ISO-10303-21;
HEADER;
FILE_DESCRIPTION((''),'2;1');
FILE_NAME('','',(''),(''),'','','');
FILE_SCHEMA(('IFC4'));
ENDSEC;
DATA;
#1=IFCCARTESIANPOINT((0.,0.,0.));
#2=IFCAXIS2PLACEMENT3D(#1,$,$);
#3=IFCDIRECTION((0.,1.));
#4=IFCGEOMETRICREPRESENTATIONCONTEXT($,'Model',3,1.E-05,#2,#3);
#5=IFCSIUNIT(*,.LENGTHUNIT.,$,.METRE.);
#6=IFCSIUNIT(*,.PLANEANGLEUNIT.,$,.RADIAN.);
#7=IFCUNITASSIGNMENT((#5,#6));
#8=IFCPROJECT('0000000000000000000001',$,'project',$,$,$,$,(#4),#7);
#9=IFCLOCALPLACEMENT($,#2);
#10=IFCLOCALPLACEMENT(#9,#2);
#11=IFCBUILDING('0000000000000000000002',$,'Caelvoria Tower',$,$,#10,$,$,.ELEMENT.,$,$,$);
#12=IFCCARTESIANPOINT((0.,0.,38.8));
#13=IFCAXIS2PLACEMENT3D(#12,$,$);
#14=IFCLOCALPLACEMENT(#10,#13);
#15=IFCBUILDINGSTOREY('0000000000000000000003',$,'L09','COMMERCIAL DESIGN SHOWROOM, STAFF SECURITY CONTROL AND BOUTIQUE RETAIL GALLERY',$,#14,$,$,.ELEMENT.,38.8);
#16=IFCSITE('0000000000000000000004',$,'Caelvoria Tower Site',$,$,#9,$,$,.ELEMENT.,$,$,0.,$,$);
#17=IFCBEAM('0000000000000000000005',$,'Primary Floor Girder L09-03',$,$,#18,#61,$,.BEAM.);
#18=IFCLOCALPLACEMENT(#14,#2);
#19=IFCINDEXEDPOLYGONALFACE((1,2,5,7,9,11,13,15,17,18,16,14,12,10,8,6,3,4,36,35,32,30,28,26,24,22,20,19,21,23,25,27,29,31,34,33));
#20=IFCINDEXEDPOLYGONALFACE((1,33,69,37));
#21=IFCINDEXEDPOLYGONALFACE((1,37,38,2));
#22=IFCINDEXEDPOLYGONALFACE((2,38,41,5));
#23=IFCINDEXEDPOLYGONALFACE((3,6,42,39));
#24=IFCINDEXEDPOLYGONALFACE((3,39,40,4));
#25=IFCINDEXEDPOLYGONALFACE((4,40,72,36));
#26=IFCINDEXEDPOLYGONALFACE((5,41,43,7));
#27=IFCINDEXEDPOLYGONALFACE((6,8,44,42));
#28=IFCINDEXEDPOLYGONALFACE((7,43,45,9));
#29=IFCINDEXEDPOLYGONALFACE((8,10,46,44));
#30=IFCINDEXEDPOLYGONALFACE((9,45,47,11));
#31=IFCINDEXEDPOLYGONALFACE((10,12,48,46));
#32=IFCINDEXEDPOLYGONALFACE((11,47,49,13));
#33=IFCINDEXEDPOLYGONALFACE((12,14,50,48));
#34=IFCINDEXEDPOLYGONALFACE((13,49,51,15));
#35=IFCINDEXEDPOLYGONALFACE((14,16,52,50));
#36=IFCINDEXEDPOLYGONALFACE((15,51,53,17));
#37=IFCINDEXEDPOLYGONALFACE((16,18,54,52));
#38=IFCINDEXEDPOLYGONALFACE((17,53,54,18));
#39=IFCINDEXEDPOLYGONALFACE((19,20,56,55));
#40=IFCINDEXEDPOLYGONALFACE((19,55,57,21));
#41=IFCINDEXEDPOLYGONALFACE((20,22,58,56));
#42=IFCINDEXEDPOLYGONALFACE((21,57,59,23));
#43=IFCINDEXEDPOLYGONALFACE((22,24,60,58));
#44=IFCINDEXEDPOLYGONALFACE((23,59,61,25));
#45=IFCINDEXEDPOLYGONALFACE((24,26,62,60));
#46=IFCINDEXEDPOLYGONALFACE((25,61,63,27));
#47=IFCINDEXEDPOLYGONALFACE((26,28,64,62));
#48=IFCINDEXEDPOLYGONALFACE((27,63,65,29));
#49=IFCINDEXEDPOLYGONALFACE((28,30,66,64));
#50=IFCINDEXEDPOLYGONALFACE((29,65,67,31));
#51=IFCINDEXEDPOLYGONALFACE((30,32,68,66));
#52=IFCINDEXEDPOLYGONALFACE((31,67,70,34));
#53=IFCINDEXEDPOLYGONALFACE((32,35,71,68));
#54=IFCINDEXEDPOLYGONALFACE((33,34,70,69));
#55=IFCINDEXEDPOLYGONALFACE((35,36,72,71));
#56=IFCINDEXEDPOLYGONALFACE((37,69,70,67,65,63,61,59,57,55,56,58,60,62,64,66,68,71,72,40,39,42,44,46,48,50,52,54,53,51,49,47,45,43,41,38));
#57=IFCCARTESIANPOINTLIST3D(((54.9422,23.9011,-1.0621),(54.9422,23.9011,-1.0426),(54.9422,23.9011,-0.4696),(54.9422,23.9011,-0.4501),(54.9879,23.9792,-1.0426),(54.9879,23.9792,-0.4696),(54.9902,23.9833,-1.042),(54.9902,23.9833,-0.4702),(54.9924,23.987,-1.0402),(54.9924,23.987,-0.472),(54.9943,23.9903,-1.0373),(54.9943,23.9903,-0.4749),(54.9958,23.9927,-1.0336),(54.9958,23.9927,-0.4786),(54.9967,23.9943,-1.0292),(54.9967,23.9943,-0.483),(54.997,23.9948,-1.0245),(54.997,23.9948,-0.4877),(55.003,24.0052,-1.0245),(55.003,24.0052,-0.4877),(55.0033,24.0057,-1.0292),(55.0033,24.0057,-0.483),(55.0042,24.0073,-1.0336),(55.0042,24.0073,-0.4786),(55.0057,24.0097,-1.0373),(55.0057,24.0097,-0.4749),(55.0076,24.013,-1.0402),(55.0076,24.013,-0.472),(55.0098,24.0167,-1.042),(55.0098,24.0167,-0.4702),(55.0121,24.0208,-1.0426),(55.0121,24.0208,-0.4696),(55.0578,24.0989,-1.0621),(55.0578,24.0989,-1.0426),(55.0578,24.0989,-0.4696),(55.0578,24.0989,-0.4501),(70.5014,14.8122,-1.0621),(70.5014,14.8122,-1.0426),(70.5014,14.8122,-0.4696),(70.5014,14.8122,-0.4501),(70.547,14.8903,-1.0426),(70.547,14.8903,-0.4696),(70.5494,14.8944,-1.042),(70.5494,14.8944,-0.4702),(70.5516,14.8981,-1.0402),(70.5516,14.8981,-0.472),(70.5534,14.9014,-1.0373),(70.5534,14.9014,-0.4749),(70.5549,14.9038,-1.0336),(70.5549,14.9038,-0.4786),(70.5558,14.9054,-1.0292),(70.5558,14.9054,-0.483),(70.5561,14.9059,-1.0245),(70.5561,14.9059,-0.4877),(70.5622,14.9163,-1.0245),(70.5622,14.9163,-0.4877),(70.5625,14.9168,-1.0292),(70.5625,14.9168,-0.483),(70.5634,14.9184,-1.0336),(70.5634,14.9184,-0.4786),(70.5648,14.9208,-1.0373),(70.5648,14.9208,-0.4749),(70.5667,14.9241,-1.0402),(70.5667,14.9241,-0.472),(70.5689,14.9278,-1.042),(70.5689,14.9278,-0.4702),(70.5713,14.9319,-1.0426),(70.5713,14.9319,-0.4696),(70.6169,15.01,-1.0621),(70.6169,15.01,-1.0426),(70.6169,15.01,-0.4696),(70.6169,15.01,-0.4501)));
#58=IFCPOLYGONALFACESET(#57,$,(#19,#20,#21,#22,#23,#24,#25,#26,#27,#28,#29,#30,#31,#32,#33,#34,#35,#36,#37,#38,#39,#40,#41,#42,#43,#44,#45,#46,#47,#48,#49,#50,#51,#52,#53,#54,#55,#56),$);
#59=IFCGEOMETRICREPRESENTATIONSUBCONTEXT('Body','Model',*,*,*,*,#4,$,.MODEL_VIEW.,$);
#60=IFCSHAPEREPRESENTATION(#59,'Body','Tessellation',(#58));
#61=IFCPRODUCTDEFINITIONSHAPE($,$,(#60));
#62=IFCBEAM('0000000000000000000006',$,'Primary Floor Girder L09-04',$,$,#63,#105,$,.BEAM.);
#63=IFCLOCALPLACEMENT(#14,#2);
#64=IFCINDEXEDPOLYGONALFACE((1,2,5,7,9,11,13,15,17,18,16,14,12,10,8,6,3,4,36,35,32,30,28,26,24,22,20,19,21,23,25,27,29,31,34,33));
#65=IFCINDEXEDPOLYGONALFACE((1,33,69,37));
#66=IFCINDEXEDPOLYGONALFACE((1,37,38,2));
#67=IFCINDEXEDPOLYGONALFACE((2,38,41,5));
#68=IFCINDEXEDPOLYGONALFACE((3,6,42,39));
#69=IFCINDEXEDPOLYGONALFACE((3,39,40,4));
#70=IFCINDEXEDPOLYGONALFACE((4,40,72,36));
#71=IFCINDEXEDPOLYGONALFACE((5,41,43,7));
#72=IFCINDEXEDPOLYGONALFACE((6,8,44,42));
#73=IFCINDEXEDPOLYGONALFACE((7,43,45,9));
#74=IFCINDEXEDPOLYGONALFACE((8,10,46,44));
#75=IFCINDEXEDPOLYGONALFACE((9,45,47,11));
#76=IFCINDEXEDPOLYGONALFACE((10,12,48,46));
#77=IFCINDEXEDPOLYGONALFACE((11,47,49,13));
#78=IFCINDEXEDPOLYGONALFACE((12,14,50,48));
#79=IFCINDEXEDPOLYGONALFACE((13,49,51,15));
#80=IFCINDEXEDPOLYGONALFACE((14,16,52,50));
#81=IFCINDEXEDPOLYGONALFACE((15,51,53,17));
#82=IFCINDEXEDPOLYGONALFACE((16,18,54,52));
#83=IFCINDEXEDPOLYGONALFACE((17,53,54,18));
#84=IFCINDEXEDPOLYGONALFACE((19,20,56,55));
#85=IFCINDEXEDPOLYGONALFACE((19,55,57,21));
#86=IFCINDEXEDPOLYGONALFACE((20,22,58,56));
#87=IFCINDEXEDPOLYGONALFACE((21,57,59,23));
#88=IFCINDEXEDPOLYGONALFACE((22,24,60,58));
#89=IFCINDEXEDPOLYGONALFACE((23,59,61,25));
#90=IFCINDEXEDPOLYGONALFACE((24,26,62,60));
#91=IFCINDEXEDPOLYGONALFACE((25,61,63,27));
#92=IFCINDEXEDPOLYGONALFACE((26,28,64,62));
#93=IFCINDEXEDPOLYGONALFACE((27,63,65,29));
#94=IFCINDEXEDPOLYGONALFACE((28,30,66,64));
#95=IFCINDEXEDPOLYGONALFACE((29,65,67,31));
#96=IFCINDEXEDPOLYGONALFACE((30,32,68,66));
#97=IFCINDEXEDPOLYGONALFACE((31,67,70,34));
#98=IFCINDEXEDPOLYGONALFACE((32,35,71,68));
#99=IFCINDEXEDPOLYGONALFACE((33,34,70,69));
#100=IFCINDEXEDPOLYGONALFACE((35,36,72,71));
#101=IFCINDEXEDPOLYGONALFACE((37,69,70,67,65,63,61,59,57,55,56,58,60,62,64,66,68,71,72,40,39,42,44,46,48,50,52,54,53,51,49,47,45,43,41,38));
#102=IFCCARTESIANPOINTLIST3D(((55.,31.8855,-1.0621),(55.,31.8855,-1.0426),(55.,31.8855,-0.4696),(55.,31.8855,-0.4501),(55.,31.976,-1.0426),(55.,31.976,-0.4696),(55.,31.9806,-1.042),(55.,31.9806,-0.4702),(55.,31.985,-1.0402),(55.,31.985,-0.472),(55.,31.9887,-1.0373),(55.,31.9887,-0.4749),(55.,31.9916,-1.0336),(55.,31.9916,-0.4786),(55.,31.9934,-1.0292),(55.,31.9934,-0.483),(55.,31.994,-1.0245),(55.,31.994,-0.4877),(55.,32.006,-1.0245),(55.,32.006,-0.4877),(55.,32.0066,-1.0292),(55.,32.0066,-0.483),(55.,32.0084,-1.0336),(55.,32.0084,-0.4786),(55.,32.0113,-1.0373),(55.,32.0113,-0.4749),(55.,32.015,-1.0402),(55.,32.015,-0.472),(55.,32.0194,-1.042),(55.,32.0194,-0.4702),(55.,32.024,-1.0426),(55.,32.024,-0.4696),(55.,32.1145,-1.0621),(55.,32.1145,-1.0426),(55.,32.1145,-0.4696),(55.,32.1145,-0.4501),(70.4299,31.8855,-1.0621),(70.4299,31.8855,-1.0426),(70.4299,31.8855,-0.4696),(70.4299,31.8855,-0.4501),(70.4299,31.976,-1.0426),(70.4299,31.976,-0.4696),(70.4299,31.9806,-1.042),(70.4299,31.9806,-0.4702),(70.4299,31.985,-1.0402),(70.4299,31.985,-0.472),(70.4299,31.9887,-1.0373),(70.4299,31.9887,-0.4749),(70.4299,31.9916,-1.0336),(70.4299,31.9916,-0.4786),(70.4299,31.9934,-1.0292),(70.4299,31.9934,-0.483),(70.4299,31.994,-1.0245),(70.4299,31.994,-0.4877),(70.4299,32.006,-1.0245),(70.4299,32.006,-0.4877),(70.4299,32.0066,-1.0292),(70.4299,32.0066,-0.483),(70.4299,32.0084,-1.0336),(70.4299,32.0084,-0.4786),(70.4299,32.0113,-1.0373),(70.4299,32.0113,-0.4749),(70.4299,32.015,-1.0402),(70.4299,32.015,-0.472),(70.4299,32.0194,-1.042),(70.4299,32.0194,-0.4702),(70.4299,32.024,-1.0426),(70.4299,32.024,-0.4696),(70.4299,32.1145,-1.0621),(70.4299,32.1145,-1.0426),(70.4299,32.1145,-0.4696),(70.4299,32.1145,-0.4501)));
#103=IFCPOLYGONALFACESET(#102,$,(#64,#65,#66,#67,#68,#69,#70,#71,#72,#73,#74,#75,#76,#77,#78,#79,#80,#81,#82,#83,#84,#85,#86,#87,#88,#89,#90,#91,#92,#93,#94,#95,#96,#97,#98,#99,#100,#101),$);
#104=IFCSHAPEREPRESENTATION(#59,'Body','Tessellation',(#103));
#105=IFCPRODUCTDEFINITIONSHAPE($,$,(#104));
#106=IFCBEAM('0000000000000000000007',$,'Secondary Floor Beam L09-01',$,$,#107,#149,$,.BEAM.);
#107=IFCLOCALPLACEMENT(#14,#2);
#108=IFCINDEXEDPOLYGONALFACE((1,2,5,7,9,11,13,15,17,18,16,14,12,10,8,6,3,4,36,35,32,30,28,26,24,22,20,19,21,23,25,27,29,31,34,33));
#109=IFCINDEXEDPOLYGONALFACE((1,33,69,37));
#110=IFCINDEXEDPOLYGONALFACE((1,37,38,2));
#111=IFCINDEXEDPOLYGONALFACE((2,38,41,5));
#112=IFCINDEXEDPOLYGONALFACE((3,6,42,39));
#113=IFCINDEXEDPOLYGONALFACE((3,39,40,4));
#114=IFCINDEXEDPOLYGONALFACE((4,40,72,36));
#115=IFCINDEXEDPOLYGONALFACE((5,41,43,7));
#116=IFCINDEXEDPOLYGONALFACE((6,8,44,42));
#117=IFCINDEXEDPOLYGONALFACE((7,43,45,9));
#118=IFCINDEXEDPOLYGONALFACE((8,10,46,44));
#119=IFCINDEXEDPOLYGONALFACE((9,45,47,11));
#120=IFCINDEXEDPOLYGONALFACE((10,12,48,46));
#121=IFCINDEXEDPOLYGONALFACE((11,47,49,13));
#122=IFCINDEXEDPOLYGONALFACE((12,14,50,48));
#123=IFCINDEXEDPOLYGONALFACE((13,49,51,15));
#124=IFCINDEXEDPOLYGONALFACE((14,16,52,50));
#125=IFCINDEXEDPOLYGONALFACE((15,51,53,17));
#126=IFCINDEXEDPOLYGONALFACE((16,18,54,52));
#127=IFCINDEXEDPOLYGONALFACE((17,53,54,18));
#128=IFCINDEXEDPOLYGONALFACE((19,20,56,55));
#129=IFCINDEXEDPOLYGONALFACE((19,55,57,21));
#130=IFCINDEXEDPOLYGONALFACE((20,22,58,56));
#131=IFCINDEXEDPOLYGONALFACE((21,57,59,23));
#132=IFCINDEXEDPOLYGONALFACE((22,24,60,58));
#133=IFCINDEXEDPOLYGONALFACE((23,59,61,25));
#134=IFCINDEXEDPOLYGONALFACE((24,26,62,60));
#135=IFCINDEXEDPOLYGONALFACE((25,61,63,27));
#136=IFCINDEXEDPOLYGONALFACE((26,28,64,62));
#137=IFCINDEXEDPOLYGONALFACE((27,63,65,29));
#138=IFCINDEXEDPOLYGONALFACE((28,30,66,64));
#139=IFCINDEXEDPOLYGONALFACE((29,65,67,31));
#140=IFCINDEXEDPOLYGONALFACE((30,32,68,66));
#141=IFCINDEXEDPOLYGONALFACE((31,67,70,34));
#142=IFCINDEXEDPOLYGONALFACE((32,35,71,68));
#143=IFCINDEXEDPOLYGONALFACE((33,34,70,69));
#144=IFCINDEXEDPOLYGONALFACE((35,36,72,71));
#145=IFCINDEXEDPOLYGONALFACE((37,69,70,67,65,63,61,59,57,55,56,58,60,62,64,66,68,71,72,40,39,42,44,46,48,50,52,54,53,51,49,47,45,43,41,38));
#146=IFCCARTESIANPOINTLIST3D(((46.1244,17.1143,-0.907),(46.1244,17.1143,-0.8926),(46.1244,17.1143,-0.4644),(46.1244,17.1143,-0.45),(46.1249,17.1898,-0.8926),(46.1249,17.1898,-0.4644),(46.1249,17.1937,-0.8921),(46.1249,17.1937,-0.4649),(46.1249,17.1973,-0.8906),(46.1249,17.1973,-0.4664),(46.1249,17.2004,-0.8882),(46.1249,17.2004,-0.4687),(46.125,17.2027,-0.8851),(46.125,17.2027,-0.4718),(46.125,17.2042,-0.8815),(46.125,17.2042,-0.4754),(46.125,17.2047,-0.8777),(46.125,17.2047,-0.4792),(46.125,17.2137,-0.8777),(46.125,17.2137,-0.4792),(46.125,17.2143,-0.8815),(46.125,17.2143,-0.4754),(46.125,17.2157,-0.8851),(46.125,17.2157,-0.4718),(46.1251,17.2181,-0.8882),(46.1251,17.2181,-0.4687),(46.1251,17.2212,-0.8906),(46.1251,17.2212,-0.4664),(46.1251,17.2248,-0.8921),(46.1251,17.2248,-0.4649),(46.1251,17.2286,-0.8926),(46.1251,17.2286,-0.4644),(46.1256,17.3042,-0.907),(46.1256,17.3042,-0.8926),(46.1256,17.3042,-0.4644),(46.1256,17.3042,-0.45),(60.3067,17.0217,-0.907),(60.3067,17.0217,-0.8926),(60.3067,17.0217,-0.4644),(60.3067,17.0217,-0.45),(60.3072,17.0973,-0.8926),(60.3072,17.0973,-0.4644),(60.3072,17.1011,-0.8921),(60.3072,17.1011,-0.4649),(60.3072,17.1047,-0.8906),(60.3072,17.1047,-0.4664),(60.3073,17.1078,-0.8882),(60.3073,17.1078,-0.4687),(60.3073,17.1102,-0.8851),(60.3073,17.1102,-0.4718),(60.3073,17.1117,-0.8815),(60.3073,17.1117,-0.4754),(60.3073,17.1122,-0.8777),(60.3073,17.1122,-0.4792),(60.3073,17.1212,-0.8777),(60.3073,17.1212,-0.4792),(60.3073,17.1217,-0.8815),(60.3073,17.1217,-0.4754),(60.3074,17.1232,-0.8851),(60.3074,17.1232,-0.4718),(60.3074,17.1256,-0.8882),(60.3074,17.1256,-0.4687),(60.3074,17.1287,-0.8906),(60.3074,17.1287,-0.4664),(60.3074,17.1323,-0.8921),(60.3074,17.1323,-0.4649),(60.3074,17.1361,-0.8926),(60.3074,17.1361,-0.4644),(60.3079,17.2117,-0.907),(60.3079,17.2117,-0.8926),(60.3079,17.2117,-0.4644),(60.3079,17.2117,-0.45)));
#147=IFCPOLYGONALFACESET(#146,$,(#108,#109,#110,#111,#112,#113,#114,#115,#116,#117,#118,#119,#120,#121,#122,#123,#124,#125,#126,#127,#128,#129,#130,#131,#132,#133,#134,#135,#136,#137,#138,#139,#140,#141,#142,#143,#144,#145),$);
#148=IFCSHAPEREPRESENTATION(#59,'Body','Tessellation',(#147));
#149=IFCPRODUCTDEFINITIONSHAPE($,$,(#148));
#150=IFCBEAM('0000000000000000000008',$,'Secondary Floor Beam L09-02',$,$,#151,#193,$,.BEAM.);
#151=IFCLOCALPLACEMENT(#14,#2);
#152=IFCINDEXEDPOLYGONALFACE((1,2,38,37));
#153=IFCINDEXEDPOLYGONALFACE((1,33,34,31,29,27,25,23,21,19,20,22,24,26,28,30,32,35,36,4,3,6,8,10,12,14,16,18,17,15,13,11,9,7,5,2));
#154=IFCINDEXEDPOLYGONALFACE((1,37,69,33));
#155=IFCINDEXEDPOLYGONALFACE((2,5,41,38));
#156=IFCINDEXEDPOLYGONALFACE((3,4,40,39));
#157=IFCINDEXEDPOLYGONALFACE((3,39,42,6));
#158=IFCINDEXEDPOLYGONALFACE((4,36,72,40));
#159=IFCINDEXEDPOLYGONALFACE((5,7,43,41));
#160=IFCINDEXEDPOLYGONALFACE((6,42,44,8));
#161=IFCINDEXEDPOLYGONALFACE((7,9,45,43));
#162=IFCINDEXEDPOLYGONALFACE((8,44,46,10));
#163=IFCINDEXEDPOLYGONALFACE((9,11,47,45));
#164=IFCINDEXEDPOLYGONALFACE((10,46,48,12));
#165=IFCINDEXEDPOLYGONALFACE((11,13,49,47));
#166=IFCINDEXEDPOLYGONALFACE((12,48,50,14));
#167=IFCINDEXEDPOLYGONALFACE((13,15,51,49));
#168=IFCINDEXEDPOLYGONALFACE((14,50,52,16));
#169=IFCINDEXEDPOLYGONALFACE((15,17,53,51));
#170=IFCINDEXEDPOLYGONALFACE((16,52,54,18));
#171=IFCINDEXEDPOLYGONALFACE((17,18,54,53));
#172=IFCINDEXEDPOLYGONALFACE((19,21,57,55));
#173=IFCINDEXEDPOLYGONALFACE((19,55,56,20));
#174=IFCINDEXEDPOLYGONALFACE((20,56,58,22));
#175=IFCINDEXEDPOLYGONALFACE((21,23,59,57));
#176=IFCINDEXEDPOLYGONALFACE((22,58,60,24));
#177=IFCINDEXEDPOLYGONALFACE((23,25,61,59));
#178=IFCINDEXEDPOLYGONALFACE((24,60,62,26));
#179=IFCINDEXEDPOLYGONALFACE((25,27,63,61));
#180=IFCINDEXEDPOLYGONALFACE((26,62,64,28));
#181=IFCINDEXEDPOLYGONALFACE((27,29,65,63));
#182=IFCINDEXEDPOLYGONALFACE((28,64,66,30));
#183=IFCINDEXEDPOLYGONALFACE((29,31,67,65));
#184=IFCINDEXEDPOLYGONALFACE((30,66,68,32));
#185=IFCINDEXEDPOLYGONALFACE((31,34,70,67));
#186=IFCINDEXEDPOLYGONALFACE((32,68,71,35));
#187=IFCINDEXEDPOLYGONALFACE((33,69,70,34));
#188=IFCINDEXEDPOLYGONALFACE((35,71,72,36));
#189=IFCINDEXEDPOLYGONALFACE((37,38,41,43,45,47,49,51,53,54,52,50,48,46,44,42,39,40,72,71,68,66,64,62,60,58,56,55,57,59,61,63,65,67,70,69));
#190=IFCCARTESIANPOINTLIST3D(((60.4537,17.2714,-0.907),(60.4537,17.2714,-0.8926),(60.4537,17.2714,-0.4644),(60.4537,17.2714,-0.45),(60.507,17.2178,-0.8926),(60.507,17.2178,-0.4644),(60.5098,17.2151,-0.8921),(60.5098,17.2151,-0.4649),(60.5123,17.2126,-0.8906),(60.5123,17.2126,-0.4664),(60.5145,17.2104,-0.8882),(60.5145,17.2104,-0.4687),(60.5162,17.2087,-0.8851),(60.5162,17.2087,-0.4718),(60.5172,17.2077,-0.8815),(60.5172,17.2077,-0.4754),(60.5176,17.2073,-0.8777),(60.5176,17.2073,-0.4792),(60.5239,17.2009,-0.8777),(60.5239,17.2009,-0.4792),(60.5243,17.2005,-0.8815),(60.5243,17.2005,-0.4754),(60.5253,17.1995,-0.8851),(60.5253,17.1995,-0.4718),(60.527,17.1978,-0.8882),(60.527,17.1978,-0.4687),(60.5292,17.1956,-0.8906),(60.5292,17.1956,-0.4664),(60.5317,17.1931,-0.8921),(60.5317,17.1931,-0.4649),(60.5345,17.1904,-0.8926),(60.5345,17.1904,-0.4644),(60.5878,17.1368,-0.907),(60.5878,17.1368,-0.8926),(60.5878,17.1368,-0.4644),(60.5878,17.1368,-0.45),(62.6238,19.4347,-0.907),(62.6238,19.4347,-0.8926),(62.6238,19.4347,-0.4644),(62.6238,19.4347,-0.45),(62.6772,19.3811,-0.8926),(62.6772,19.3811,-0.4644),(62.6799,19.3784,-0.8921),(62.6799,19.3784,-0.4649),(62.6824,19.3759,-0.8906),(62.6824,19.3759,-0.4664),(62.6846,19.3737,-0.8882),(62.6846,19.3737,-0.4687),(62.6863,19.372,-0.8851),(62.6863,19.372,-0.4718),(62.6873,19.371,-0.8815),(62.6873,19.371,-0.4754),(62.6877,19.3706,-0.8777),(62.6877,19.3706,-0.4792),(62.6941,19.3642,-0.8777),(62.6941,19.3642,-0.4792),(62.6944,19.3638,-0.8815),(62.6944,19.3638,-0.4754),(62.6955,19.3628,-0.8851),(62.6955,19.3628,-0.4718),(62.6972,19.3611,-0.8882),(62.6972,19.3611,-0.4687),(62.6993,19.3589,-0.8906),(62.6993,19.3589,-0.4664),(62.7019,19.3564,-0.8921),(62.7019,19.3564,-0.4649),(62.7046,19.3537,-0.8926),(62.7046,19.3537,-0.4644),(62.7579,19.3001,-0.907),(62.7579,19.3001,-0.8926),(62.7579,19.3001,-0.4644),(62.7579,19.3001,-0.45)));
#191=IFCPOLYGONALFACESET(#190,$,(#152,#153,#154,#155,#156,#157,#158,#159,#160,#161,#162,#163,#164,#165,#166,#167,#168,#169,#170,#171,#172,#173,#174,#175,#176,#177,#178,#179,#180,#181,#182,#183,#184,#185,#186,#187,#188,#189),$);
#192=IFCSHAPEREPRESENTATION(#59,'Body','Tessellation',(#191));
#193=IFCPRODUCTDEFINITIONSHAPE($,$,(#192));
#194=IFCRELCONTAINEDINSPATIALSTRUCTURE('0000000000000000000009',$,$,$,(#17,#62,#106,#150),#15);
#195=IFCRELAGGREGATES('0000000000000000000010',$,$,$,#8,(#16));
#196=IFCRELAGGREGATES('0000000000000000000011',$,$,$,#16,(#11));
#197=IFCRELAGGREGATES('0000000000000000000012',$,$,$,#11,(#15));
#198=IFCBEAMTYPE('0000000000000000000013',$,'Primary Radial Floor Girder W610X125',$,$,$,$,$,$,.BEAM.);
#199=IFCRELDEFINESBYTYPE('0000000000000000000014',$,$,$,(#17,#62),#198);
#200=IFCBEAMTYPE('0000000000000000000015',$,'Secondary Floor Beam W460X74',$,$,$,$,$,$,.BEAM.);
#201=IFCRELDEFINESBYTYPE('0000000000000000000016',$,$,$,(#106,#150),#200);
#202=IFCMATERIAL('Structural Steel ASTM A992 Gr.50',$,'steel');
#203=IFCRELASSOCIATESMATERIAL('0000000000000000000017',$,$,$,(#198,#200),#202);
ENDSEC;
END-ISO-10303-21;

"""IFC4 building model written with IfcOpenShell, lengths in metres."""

from ifc_helpers import new_model, si_unit, direction, frame, origin, origin_2d, place, context, subcontext, project, spatial, i_section, extrude, material, material_profile, profile_set, type_object, element, save


model = new_model("IFC4")

# Units and contexts
model_context = context("Model", 3, precision=1e-05, world=origin(), true_north=direction((0.0, 1.0)))
body_context = subcontext(model_context, "Body", "Model", "MODEL_VIEW")
ifc_project = project(units=[si_unit("LENGTHUNIT", "METRE"), si_unit("PLANEANGLEUNIT", "RADIAN")], contexts=[model_context])

# Site, building, storey
site_placement = place(None, origin())
site = spatial("IfcSite", under=ifc_project, at=site_placement, Name="Caelvoria Tower Site", CompositionType="ELEMENT", RefElevation=0.0)
building_placement = place(site_placement, origin())
building = spatial("IfcBuilding", under=site, at=building_placement, Name="Caelvoria Tower", CompositionType="ELEMENT")
storey_placement = place(building_placement, frame((0.0, 0.0, 38.8)))
storey = spatial("IfcBuildingStorey", under=building, at=storey_placement, Name="L09", Description="COMMERCIAL DESIGN SHOWROOM, STAFF SECURITY CONTROL AND BOUTIQUE RETAIL GALLERY", CompositionType="ELEMENT", Elevation=38.8)

# Beams
ifc_material_1 = material(Name="Structural Steel ASTM A992 Gr.50", Category="steel")
ifc_material_profile_1 = material_profile(ifc_material_1, i_section(OverallWidth=0.229, OverallDepth=0.6121, WebThickness=0.012, FlangeThickness=0.0195, FilletRadius=0.0181, at=origin_2d()), Name="Structural Steel ASTM A992 Gr.50")
ifc_profile_set_1 = profile_set([ifc_material_profile_1], Name="W610X125 - Structural Steel ASTM A992 Gr.50")
beam_type_1 = type_object("IfcBeamType", Name="Primary Radial Floor Girder W610X125", PredefinedType="BEAM", material=ifc_profile_set_1)
beam_1_placement = place(storey_placement, frame((55.0, 24.0, -0.7561), z_axis=(0.863471, -0.504398, 0.0), x_axis=(0.504398, 0.863471, 0.0)))
element("IfcBeam", 1, at=beam_1_placement, inside=storey, type_object=beam_type_1, Name="Primary Floor Girder L09-03", PredefinedType="BEAM", context=body_context, shape_type="SweptSolid", body=[
    extrude(i_section(OverallWidth=0.229, OverallDepth=0.6121, WebThickness=0.012, FlangeThickness=0.0195, FilletRadius=0.0181, at=origin_2d()), origin(), (0.0, 0.0, 1.0), 18.0193),
])
beam_2_placement = place(storey_placement, frame((55.0, 32.0, -0.7561), z_axis=(1.0, 0.0, 0.0), x_axis=(0.0, 1.0, 0.0)))
element("IfcBeam", 2, at=beam_2_placement, inside=storey, type_object=beam_type_1, Name="Primary Floor Girder L09-04", PredefinedType="BEAM", context=body_context, shape_type="SweptSolid", body=[
    extrude(i_section(OverallWidth=0.229, OverallDepth=0.6121, WebThickness=0.012, FlangeThickness=0.0195, FilletRadius=0.0181, at=origin_2d()), origin(), (0.0, 0.0, 1.0), 15.4299),
])
ifc_material_profile_2 = material_profile(ifc_material_1, i_section(OverallWidth=0.1899, OverallDepth=0.457, WebThickness=0.009, FlangeThickness=0.0144, FilletRadius=0.0149, at=origin_2d()), Name="Structural Steel ASTM A992 Gr.50")
ifc_profile_set_2 = profile_set([ifc_material_profile_2], Name="W460X74 - Structural Steel ASTM A992 Gr.50")
beam_type_2 = type_object("IfcBeamType", Name="Secondary Floor Beam W460X74", PredefinedType="BEAM", material=ifc_profile_set_2)
beam_3_placement = place(storey_placement, frame((46.125, 17.2092, -0.6785), z_axis=(0.999979, -0.006524, 0.0), x_axis=(0.006524, 0.999979, 0.0)))
element("IfcBeam", 3, at=beam_3_placement, inside=storey, type_object=beam_type_2, Name="Secondary Floor Beam L09-01", PredefinedType="BEAM", context=body_context, shape_type="SweptSolid", body=[
    extrude(i_section(OverallWidth=0.1899, OverallDepth=0.457, WebThickness=0.009, FlangeThickness=0.0144, FilletRadius=0.0149, at=origin_2d()), origin(), (0.0, 0.0, 1.0), 14.1826),
])
beam_4_placement = place(storey_placement, frame((60.5208, 17.2041, -0.6785), z_axis=(0.708221, 0.70599, 0.0), x_axis=(-0.70599, 0.708221, 0.0)))
element("IfcBeam", 4, at=beam_4_placement, inside=storey, type_object=beam_type_2, Name="Secondary Floor Beam L09-02", PredefinedType="BEAM", context=body_context, shape_type="SweptSolid", body=[
    extrude(i_section(OverallWidth=0.1899, OverallDepth=0.457, WebThickness=0.009, FlangeThickness=0.0144, FilletRadius=0.0149, at=origin_2d()), origin(), (0.0, 0.0, 1.0), 3.0642),
])

save(model, "model.ifc")
